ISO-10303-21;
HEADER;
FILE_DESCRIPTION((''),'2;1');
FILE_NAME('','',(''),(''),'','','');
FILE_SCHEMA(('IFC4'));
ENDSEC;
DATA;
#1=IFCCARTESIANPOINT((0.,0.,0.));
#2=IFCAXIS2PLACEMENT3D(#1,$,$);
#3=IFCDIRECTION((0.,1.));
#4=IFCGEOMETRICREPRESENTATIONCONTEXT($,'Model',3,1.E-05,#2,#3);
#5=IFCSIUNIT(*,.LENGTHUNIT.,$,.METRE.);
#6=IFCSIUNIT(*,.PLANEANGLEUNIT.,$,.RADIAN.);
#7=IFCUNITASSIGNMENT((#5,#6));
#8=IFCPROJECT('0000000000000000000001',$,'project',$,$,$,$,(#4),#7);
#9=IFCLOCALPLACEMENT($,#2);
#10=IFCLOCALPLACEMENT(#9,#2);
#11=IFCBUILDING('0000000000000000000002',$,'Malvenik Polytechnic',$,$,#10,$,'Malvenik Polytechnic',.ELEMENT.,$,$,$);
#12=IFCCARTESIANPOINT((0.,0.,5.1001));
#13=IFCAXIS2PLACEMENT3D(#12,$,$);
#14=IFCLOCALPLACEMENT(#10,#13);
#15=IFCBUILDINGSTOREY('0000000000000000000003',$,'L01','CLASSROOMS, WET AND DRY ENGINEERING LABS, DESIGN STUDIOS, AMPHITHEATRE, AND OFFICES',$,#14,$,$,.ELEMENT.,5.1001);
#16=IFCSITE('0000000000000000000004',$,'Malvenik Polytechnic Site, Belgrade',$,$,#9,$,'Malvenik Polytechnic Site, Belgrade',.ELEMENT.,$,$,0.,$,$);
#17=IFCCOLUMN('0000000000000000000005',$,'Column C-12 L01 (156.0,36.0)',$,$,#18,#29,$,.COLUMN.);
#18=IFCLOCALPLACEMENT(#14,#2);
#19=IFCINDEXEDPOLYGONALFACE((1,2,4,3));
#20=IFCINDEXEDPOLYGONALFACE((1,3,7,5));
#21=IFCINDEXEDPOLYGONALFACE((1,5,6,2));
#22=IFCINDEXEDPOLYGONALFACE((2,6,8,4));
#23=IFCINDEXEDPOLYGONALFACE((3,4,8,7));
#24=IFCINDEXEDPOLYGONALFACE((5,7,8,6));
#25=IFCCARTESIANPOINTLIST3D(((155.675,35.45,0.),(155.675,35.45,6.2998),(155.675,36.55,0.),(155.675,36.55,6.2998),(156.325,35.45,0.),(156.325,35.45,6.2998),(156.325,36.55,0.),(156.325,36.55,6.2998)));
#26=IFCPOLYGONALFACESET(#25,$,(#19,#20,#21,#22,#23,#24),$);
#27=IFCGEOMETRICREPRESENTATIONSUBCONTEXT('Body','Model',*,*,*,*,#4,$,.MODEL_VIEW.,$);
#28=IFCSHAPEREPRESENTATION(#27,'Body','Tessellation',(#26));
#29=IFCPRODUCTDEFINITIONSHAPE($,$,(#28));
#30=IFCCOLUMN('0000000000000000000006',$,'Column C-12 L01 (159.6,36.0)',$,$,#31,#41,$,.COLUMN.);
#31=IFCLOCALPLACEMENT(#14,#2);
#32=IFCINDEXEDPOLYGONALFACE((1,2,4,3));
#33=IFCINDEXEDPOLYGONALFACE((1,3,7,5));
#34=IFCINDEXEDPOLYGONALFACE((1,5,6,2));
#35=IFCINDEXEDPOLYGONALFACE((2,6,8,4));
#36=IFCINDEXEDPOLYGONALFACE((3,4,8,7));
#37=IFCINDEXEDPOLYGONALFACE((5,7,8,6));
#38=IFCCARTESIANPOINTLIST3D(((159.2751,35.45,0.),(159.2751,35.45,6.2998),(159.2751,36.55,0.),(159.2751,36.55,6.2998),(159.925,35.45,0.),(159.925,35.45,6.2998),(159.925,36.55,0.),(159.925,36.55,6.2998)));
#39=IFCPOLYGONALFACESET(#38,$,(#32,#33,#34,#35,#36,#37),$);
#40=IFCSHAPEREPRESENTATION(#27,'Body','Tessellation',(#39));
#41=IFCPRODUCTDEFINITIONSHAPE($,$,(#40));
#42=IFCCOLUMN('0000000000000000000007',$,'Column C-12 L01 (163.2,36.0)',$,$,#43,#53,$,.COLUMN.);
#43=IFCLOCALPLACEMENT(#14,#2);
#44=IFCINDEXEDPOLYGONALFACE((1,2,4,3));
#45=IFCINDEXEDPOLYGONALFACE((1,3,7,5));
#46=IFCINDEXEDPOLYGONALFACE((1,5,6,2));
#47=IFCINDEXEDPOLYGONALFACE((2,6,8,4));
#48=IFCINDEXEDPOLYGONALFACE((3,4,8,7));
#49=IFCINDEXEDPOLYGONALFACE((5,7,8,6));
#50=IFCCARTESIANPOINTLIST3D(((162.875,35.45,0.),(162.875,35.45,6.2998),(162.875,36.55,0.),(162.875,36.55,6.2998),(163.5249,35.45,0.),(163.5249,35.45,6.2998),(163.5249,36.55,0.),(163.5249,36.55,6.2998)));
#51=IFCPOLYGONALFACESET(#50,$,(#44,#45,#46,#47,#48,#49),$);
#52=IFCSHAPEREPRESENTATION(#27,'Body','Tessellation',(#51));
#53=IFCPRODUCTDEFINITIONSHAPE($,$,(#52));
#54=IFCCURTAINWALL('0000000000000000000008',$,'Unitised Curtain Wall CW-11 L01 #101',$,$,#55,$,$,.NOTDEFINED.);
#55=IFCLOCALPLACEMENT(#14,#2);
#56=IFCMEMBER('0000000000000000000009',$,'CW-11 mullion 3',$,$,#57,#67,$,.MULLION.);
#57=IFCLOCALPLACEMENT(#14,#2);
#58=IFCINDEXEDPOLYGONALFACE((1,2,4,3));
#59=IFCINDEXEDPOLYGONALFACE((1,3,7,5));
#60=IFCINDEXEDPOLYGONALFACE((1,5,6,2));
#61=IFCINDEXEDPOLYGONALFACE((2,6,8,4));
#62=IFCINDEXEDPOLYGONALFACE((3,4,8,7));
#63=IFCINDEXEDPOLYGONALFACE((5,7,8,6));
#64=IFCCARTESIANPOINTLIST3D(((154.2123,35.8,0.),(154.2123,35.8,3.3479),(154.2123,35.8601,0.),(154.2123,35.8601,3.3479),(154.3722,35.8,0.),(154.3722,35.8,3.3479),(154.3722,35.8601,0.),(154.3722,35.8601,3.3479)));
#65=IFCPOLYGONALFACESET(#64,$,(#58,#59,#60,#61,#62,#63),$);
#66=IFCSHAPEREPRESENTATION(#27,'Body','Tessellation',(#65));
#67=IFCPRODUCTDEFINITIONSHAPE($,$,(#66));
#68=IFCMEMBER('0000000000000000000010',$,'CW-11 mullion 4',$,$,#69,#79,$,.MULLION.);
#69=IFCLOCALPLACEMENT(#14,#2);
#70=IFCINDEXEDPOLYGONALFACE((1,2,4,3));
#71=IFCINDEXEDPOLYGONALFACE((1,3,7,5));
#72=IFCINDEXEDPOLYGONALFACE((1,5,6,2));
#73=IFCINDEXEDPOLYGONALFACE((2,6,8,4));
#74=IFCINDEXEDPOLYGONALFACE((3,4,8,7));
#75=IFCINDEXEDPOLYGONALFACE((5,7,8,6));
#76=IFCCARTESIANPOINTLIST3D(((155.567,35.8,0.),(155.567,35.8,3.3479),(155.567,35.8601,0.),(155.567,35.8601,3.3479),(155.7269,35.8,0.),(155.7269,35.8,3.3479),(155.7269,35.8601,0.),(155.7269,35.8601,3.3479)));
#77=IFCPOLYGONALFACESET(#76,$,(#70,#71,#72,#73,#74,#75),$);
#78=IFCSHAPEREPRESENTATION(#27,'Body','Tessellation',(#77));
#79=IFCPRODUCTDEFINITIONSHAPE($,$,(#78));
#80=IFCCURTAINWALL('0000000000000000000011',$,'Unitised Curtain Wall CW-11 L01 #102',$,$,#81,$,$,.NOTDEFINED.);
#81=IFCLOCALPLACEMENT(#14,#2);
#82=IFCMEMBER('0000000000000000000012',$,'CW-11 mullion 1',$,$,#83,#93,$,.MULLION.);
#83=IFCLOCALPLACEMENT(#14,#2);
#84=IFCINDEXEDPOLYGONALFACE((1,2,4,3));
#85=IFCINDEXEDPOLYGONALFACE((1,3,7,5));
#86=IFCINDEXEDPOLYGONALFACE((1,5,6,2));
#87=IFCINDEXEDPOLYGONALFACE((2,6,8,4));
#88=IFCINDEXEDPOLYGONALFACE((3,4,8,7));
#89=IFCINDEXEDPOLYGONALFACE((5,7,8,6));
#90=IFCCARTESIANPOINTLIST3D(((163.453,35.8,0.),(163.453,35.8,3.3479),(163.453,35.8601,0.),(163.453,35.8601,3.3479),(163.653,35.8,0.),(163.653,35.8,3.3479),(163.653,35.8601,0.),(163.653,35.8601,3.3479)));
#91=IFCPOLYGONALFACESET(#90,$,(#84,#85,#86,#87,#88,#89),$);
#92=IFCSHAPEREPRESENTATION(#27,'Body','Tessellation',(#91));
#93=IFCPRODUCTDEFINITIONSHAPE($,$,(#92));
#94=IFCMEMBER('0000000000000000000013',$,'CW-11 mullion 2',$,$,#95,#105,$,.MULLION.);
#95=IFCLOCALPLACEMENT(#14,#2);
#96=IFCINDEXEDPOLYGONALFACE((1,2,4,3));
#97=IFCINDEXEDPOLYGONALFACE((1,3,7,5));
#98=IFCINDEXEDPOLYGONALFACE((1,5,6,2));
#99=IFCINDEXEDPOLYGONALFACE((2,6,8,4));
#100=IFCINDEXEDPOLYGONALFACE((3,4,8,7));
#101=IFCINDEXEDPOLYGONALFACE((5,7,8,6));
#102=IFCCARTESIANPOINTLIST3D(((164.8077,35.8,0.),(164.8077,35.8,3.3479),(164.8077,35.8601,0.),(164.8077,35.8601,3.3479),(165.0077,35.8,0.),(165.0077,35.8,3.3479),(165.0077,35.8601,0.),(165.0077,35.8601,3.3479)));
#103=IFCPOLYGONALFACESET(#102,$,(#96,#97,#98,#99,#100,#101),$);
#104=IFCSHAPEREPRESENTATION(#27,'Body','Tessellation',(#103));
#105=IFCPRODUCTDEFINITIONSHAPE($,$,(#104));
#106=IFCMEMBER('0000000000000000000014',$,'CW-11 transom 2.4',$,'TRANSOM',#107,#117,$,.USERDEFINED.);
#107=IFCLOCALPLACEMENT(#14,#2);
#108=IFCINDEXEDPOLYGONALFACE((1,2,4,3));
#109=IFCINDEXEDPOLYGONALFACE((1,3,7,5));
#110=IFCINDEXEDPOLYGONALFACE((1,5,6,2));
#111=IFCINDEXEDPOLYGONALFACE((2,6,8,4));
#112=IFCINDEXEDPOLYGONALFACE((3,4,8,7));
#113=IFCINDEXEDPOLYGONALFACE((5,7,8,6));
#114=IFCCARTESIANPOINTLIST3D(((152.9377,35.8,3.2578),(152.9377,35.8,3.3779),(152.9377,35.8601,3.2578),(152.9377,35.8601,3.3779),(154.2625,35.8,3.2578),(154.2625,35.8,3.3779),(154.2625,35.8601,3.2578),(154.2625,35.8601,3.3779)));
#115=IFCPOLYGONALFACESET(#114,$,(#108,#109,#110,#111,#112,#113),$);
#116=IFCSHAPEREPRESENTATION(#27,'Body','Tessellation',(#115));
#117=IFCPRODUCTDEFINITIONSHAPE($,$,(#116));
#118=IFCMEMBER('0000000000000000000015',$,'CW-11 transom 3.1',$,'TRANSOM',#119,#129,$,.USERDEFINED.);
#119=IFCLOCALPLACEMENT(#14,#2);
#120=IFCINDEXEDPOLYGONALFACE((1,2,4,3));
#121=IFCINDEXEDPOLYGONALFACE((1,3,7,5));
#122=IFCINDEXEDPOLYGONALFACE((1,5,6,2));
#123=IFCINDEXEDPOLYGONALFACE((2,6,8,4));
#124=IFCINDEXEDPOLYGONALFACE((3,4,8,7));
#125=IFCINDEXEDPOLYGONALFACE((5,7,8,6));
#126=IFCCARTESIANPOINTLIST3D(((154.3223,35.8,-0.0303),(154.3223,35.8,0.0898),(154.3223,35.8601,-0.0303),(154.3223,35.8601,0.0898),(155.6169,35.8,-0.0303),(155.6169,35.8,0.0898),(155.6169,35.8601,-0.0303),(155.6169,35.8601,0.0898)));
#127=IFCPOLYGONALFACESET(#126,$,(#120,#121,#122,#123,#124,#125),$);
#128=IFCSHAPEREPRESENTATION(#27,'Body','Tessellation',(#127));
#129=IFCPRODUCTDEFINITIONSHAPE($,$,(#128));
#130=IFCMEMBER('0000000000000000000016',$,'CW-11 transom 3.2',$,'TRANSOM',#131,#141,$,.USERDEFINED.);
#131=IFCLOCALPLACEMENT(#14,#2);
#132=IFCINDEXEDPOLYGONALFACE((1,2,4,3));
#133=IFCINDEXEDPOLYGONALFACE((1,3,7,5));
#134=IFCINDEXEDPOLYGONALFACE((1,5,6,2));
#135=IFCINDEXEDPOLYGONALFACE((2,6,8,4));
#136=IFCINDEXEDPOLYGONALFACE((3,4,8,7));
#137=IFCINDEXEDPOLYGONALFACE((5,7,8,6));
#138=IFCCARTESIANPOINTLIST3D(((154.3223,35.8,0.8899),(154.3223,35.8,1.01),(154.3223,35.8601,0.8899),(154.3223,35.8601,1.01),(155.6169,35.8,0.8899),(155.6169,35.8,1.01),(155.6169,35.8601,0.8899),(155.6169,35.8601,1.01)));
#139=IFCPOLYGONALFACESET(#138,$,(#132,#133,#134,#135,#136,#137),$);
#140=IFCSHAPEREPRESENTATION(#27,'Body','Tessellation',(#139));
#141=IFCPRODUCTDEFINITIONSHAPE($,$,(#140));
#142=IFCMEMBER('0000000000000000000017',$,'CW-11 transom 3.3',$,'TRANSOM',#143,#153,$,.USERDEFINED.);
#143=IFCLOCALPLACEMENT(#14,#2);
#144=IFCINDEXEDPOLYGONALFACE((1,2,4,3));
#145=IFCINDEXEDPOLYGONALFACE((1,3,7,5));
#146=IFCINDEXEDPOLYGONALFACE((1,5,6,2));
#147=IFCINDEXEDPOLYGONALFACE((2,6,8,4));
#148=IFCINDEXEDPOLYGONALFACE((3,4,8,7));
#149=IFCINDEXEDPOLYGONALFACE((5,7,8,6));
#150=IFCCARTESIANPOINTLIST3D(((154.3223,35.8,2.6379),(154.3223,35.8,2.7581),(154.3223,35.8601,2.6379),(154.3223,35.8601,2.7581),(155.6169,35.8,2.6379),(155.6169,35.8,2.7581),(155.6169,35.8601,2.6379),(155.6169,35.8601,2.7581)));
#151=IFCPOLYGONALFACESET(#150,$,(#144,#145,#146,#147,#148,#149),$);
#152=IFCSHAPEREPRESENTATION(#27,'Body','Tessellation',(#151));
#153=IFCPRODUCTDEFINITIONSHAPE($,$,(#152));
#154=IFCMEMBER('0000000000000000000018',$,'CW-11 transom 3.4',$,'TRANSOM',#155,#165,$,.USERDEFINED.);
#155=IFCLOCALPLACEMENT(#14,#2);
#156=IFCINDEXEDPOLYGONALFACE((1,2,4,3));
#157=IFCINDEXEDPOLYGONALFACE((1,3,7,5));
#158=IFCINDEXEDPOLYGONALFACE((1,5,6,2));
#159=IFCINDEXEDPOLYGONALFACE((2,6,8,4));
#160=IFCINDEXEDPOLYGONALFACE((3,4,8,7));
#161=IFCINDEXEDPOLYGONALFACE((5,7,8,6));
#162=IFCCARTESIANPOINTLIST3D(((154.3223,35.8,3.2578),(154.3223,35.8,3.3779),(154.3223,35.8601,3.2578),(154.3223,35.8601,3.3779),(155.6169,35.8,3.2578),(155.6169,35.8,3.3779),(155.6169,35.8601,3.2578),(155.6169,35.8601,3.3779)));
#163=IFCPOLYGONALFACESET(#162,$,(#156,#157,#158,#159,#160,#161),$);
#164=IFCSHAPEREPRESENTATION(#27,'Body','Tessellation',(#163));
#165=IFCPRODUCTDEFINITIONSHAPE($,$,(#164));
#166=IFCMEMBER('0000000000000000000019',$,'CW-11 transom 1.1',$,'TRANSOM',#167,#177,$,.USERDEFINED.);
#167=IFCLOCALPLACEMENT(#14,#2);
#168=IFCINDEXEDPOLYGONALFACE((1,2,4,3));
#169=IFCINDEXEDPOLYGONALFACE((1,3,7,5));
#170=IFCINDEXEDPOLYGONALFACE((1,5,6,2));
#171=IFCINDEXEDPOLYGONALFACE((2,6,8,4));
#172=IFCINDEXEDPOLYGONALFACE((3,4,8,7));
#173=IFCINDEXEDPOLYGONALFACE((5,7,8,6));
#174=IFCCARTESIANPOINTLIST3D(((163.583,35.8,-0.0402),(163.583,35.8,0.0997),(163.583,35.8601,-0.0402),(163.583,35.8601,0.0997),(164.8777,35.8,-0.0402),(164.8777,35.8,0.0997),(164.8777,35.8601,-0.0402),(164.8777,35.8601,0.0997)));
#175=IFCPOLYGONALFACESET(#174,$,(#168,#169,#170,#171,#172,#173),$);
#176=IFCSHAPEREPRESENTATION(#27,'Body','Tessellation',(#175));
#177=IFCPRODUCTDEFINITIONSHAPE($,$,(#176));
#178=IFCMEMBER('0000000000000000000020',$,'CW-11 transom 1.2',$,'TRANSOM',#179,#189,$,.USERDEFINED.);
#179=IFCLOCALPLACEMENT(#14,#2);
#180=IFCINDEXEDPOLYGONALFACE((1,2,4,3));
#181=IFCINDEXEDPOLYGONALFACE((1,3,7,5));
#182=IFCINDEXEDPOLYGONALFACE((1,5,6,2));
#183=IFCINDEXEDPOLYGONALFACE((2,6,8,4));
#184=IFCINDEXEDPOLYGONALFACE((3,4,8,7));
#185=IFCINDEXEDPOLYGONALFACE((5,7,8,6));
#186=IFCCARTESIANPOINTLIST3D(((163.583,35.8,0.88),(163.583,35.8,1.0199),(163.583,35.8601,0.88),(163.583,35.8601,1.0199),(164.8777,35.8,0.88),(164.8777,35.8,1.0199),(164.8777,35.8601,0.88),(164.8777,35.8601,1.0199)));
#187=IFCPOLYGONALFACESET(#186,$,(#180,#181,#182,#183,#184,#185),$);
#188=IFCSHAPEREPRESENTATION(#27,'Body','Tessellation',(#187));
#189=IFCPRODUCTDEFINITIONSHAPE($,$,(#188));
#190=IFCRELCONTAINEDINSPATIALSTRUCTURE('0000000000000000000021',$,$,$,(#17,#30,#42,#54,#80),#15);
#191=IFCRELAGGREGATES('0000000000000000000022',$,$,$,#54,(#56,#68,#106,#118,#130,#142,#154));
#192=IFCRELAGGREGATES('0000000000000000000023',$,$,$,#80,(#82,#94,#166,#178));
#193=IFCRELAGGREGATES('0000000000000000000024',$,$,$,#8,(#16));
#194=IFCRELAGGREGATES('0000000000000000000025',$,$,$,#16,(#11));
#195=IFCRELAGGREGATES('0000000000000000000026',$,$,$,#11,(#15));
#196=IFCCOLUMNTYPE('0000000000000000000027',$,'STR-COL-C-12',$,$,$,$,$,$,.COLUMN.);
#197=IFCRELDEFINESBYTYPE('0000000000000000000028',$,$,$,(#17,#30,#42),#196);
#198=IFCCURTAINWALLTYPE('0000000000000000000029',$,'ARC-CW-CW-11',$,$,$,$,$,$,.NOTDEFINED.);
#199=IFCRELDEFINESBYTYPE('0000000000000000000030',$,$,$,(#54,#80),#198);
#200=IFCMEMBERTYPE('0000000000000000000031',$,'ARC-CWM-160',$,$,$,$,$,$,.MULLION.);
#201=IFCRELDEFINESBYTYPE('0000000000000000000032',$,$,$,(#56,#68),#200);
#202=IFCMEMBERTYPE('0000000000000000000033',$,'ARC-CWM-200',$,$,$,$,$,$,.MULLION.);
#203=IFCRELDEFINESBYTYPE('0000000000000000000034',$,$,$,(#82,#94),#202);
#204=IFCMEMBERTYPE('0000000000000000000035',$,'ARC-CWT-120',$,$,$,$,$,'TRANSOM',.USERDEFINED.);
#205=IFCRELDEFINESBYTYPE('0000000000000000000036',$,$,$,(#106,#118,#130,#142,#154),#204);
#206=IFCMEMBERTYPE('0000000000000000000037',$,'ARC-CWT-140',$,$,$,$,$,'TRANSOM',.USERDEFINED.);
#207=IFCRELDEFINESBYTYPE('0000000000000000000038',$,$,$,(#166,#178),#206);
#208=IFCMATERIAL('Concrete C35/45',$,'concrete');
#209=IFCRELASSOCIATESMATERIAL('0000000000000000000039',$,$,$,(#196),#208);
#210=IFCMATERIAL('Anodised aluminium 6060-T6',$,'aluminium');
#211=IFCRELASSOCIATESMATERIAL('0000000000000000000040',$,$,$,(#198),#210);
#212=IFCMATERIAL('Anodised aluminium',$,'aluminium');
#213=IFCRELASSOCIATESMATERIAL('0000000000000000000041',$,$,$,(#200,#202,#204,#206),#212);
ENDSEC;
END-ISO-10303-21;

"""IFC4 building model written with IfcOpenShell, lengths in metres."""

from ifc_helpers import new_model, si_unit, direction, frame, origin, origin_2d, place, context, subcontext, project, spatial, rectangle, extrude, material, material_profile, profile_set, type_object, element, aggregate, save


model = new_model("IFC4")

# Units and contexts
model_context = context("Model", 3, precision=1e-05, world=origin(), true_north=direction((0.0, 1.0)))
body_context = subcontext(model_context, "Body", "Model", "MODEL_VIEW")
ifc_project = project(units=[si_unit("LENGTHUNIT", "METRE"), si_unit("PLANEANGLEUNIT", "RADIAN")], contexts=[model_context])

# Site, building, storey
site_placement = place(None, origin())
site = spatial("IfcSite", under=ifc_project, at=site_placement, Name="Malvenik Polytechnic Site, Belgrade", LongName="Malvenik Polytechnic Site, Belgrade", CompositionType="ELEMENT", RefElevation=0.0)
building_placement = place(site_placement, origin())
building = spatial("IfcBuilding", under=site, at=building_placement, Name="Malvenik Polytechnic", LongName="Malvenik Polytechnic", CompositionType="ELEMENT")
storey_placement = place(building_placement, frame((0.0, 0.0, 5.1001)))
storey = spatial("IfcBuildingStorey", under=building, at=storey_placement, Name="L01", Description="CLASSROOMS, WET AND DRY ENGINEERING LABS, DESIGN STUDIOS, AMPHITHEATRE, AND OFFICES", CompositionType="ELEMENT", Elevation=5.1001)

# Columns
ifc_material_1 = material(Name="Concrete C35/45", Category="concrete")
ifc_material_profile_1 = material_profile(ifc_material_1, rectangle(XDim=0.6499, YDim=1.1001, at=origin_2d()), Name="RC COL 1100x650")
ifc_profile_set_1 = profile_set([ifc_material_profile_1], Name="Concrete C35/45")
column_type = type_object("IfcColumnType", Name="STR-COL-C-12", PredefinedType="COLUMN", material=ifc_profile_set_1)
for number, where, z_axis, x_axis, name in (
    (1, (156.0, 36.0, 0.0), (0.0, 0.0, 1.0), (1.0, 0.0, 0.0), "Column C-12 L01 (156.0,36.0)"),
    (2, (159.6001, 36.0, 0.0), (0.0, 0.0, 1.0), (1.0, 0.0, 0.0), "Column C-12 L01 (159.6,36.0)"),
    (3, (163.2, 36.0, 0.0), (0.0, 0.0, 1.0), (1.0, 0.0, 0.0), "Column C-12 L01 (163.2,36.0)"),
):
    element("IfcColumn", number, at=place(storey_placement, frame(where, z_axis=z_axis, x_axis=x_axis)), inside=storey, type_object=column_type, Name=name, PredefinedType="COLUMN", context=body_context, shape_type="SweptSolid", body=[
        extrude(rectangle(XDim=0.6499, YDim=1.1001, at=origin_2d()), origin(), (0.0, 0.0, 1.0), 6.2998),
    ])

# Curtain walls, members
ifc_material_2 = material(Name="Anodised aluminium 6060-T6", Category="aluminium")
curtain_wall_type = type_object("IfcCurtainWallType", Name="ARC-CW-CW-11", PredefinedType="NOTDEFINED", material=ifc_material_2)
curtain_wall_1_placement = place(storey_placement, origin())
curtain_wall_1 = element("IfcCurtainWall", 4, at=curtain_wall_1_placement, inside=storey, type_object=curtain_wall_type, Name="Unitised Curtain Wall CW-11 L01 #101", PredefinedType="NOTDEFINED")
ifc_material_3 = material(Name="Anodised aluminium", Category="aluminium")
ifc_material_profile_2 = material_profile(ifc_material_3, rectangle(XDim=0.0601, YDim=0.1599, at=origin_2d()), Name="ALU MULLION 60x160")
ifc_profile_set_2 = profile_set([ifc_material_profile_2], Name="Anodised aluminium")
member_type_1 = type_object("IfcMemberType", Name="ARC-CWM-160", PredefinedType="MULLION", material=ifc_profile_set_2)
member_1_placement = place(storey_placement, frame((154.2922, 35.8301, 0.0), z_axis=(0.0, 0.0, 1.0), x_axis=(0.0, 1.0, 0.0)))
member_1 = element("IfcMember", 5, at=member_1_placement, type_object=member_type_1, Name="CW-11 mullion 3", PredefinedType="MULLION", context=body_context, shape_type="SweptSolid", body=[
    extrude(rectangle(XDim=0.0601, YDim=0.1599, at=origin_2d()), origin(), (0.0, 0.0, 1.0), 3.3479),
])
member_2_placement = place(storey_placement, frame((155.647, 35.8301, 0.0), z_axis=(0.0, 0.0, 1.0), x_axis=(0.0, 1.0, 0.0)))
member_2 = element("IfcMember", 6, at=member_2_placement, type_object=member_type_1, Name="CW-11 mullion 4", PredefinedType="MULLION", context=body_context, shape_type="SweptSolid", body=[
    extrude(rectangle(XDim=0.0601, YDim=0.1599, at=origin_2d()), origin(), (0.0, 0.0, 1.0), 3.3479),
])
curtain_wall_2_placement = place(storey_placement, origin())
curtain_wall_2 = element("IfcCurtainWall", 7, at=curtain_wall_2_placement, inside=storey, type_object=curtain_wall_type, Name="Unitised Curtain Wall CW-11 L01 #102", PredefinedType="NOTDEFINED")
ifc_material_profile_3 = material_profile(ifc_material_3, rectangle(XDim=0.0601, YDim=0.2, at=origin_2d()), Name="ALU MULLION 60x200")
ifc_profile_set_3 = profile_set([ifc_material_profile_3], Name="Anodised aluminium")
member_type_2 = type_object("IfcMemberType", Name="ARC-CWM-200", PredefinedType="MULLION", material=ifc_profile_set_3)
member_3_placement = place(storey_placement, frame((163.553, 35.8301, 0.0), z_axis=(0.0, 0.0, 1.0), x_axis=(0.0, 1.0, 0.0)))
member_3 = element("IfcMember", 8, at=member_3_placement, type_object=member_type_2, Name="CW-11 mullion 1", PredefinedType="MULLION", context=body_context, shape_type="SweptSolid", body=[
    extrude(rectangle(XDim=0.0601, YDim=0.2, at=origin_2d()), origin(), (0.0, 0.0, 1.0), 3.3479),
])
member_4_placement = place(storey_placement, frame((164.9077, 35.8301, 0.0), z_axis=(0.0, 0.0, 1.0), x_axis=(0.0, 1.0, 0.0)))
member_4 = element("IfcMember", 9, at=member_4_placement, type_object=member_type_2, Name="CW-11 mullion 2", PredefinedType="MULLION", context=body_context, shape_type="SweptSolid", body=[
    extrude(rectangle(XDim=0.0601, YDim=0.2, at=origin_2d()), origin(), (0.0, 0.0, 1.0), 3.3479),
])

# Members
ifc_material_profile_4 = material_profile(ifc_material_3, rectangle(XDim=0.0601, YDim=0.1201, at=origin_2d()), Name="ALU TRANSOM 60x120")
ifc_profile_set_4 = profile_set([ifc_material_profile_4], Name="Anodised aluminium")
member_type_3 = type_object("IfcMemberType", Name="ARC-CWT-120", ElementType="TRANSOM", PredefinedType="USERDEFINED", material=ifc_profile_set_4)
member_5_placement = place(storey_placement, frame((152.9377, 35.8301, 3.3179), z_axis=(1.0, 0.0, 0.0), x_axis=(0.0, 1.0, 0.0)))
member_5 = element("IfcMember", 10, at=member_5_placement, type_object=member_type_3, Name="CW-11 transom 2.4", ObjectType="TRANSOM", PredefinedType="USERDEFINED", context=body_context, shape_type="SweptSolid", body=[
    extrude(rectangle(XDim=0.0601, YDim=0.1201, at=origin_2d()), origin(), (0.0, 0.0, 1.0), 1.3247),
])
member_6_placement = place(storey_placement, frame((154.3223, 35.8301, 0.0298), z_axis=(1.0, 0.0, 0.0), x_axis=(0.0, 1.0, 0.0)))
member_6 = element("IfcMember", 11, at=member_6_placement, type_object=member_type_3, Name="CW-11 transom 3.1", ObjectType="TRANSOM", PredefinedType="USERDEFINED", context=body_context, shape_type="SweptSolid", body=[
    extrude(rectangle(XDim=0.0601, YDim=0.1201, at=origin_2d()), origin(), (0.0, 0.0, 1.0), 1.2947),
])
member_7_placement = place(storey_placement, frame((154.3223, 35.8301, 0.95), z_axis=(1.0, 0.0, 0.0), x_axis=(0.0, 1.0, 0.0)))
member_7 = element("IfcMember", 12, at=member_7_placement, type_object=member_type_3, Name="CW-11 transom 3.2", ObjectType="TRANSOM", PredefinedType="USERDEFINED", context=body_context, shape_type="SweptSolid", body=[
    extrude(rectangle(XDim=0.0601, YDim=0.1201, at=origin_2d()), origin(), (0.0, 0.0, 1.0), 1.2947),
])
member_8_placement = place(storey_placement, frame((154.3223, 35.8301, 2.698), z_axis=(1.0, 0.0, 0.0), x_axis=(0.0, 1.0, 0.0)))
member_8 = element("IfcMember", 13, at=member_8_placement, type_object=member_type_3, Name="CW-11 transom 3.3", ObjectType="TRANSOM", PredefinedType="USERDEFINED", context=body_context, shape_type="SweptSolid", body=[
    extrude(rectangle(XDim=0.0601, YDim=0.1201, at=origin_2d()), origin(), (0.0, 0.0, 1.0), 1.2947),
])
member_9_placement = place(storey_placement, frame((154.3223, 35.8301, 3.3179), z_axis=(1.0, 0.0, 0.0), x_axis=(0.0, 1.0, 0.0)))
member_9 = element("IfcMember", 14, at=member_9_placement, type_object=member_type_3, Name="CW-11 transom 3.4", ObjectType="TRANSOM", PredefinedType="USERDEFINED", context=body_context, shape_type="SweptSolid", body=[
    extrude(rectangle(XDim=0.0601, YDim=0.1201, at=origin_2d()), origin(), (0.0, 0.0, 1.0), 1.2947),
])
ifc_material_profile_5 = material_profile(ifc_material_3, rectangle(XDim=0.0601, YDim=0.1399, at=origin_2d()), Name="ALU TRANSOM 60x140")
ifc_profile_set_5 = profile_set([ifc_material_profile_5], Name="Anodised aluminium")
member_type_4 = type_object("IfcMemberType", Name="ARC-CWT-140", ElementType="TRANSOM", PredefinedType="USERDEFINED", material=ifc_profile_set_5)
member_10_placement = place(storey_placement, frame((163.583, 35.8301, 0.0298), z_axis=(1.0, 0.0, 0.0), x_axis=(0.0, 1.0, 0.0)))
member_10 = element("IfcMember", 15, at=member_10_placement, type_object=member_type_4, Name="CW-11 transom 1.1", ObjectType="TRANSOM", PredefinedType="USERDEFINED", context=body_context, shape_type="SweptSolid", body=[
    extrude(rectangle(XDim=0.0601, YDim=0.1399, at=origin_2d()), origin(), (0.0, 0.0, 1.0), 1.2947),
])
member_11_placement = place(storey_placement, frame((163.583, 35.8301, 0.95), z_axis=(1.0, 0.0, 0.0), x_axis=(0.0, 1.0, 0.0)))
member_11 = element("IfcMember", 16, at=member_11_placement, type_object=member_type_4, Name="CW-11 transom 1.2", ObjectType="TRANSOM", PredefinedType="USERDEFINED", context=body_context, shape_type="SweptSolid", body=[
    extrude(rectangle(XDim=0.0601, YDim=0.1399, at=origin_2d()), origin(), (0.0, 0.0, 1.0), 1.2947),
])

aggregate(curtain_wall_1, [member_1, member_2, member_5, member_6, member_7, member_8, member_9])
aggregate(curtain_wall_2, [member_3, member_4, member_10, member_11])

save(model, "model.ifc")
